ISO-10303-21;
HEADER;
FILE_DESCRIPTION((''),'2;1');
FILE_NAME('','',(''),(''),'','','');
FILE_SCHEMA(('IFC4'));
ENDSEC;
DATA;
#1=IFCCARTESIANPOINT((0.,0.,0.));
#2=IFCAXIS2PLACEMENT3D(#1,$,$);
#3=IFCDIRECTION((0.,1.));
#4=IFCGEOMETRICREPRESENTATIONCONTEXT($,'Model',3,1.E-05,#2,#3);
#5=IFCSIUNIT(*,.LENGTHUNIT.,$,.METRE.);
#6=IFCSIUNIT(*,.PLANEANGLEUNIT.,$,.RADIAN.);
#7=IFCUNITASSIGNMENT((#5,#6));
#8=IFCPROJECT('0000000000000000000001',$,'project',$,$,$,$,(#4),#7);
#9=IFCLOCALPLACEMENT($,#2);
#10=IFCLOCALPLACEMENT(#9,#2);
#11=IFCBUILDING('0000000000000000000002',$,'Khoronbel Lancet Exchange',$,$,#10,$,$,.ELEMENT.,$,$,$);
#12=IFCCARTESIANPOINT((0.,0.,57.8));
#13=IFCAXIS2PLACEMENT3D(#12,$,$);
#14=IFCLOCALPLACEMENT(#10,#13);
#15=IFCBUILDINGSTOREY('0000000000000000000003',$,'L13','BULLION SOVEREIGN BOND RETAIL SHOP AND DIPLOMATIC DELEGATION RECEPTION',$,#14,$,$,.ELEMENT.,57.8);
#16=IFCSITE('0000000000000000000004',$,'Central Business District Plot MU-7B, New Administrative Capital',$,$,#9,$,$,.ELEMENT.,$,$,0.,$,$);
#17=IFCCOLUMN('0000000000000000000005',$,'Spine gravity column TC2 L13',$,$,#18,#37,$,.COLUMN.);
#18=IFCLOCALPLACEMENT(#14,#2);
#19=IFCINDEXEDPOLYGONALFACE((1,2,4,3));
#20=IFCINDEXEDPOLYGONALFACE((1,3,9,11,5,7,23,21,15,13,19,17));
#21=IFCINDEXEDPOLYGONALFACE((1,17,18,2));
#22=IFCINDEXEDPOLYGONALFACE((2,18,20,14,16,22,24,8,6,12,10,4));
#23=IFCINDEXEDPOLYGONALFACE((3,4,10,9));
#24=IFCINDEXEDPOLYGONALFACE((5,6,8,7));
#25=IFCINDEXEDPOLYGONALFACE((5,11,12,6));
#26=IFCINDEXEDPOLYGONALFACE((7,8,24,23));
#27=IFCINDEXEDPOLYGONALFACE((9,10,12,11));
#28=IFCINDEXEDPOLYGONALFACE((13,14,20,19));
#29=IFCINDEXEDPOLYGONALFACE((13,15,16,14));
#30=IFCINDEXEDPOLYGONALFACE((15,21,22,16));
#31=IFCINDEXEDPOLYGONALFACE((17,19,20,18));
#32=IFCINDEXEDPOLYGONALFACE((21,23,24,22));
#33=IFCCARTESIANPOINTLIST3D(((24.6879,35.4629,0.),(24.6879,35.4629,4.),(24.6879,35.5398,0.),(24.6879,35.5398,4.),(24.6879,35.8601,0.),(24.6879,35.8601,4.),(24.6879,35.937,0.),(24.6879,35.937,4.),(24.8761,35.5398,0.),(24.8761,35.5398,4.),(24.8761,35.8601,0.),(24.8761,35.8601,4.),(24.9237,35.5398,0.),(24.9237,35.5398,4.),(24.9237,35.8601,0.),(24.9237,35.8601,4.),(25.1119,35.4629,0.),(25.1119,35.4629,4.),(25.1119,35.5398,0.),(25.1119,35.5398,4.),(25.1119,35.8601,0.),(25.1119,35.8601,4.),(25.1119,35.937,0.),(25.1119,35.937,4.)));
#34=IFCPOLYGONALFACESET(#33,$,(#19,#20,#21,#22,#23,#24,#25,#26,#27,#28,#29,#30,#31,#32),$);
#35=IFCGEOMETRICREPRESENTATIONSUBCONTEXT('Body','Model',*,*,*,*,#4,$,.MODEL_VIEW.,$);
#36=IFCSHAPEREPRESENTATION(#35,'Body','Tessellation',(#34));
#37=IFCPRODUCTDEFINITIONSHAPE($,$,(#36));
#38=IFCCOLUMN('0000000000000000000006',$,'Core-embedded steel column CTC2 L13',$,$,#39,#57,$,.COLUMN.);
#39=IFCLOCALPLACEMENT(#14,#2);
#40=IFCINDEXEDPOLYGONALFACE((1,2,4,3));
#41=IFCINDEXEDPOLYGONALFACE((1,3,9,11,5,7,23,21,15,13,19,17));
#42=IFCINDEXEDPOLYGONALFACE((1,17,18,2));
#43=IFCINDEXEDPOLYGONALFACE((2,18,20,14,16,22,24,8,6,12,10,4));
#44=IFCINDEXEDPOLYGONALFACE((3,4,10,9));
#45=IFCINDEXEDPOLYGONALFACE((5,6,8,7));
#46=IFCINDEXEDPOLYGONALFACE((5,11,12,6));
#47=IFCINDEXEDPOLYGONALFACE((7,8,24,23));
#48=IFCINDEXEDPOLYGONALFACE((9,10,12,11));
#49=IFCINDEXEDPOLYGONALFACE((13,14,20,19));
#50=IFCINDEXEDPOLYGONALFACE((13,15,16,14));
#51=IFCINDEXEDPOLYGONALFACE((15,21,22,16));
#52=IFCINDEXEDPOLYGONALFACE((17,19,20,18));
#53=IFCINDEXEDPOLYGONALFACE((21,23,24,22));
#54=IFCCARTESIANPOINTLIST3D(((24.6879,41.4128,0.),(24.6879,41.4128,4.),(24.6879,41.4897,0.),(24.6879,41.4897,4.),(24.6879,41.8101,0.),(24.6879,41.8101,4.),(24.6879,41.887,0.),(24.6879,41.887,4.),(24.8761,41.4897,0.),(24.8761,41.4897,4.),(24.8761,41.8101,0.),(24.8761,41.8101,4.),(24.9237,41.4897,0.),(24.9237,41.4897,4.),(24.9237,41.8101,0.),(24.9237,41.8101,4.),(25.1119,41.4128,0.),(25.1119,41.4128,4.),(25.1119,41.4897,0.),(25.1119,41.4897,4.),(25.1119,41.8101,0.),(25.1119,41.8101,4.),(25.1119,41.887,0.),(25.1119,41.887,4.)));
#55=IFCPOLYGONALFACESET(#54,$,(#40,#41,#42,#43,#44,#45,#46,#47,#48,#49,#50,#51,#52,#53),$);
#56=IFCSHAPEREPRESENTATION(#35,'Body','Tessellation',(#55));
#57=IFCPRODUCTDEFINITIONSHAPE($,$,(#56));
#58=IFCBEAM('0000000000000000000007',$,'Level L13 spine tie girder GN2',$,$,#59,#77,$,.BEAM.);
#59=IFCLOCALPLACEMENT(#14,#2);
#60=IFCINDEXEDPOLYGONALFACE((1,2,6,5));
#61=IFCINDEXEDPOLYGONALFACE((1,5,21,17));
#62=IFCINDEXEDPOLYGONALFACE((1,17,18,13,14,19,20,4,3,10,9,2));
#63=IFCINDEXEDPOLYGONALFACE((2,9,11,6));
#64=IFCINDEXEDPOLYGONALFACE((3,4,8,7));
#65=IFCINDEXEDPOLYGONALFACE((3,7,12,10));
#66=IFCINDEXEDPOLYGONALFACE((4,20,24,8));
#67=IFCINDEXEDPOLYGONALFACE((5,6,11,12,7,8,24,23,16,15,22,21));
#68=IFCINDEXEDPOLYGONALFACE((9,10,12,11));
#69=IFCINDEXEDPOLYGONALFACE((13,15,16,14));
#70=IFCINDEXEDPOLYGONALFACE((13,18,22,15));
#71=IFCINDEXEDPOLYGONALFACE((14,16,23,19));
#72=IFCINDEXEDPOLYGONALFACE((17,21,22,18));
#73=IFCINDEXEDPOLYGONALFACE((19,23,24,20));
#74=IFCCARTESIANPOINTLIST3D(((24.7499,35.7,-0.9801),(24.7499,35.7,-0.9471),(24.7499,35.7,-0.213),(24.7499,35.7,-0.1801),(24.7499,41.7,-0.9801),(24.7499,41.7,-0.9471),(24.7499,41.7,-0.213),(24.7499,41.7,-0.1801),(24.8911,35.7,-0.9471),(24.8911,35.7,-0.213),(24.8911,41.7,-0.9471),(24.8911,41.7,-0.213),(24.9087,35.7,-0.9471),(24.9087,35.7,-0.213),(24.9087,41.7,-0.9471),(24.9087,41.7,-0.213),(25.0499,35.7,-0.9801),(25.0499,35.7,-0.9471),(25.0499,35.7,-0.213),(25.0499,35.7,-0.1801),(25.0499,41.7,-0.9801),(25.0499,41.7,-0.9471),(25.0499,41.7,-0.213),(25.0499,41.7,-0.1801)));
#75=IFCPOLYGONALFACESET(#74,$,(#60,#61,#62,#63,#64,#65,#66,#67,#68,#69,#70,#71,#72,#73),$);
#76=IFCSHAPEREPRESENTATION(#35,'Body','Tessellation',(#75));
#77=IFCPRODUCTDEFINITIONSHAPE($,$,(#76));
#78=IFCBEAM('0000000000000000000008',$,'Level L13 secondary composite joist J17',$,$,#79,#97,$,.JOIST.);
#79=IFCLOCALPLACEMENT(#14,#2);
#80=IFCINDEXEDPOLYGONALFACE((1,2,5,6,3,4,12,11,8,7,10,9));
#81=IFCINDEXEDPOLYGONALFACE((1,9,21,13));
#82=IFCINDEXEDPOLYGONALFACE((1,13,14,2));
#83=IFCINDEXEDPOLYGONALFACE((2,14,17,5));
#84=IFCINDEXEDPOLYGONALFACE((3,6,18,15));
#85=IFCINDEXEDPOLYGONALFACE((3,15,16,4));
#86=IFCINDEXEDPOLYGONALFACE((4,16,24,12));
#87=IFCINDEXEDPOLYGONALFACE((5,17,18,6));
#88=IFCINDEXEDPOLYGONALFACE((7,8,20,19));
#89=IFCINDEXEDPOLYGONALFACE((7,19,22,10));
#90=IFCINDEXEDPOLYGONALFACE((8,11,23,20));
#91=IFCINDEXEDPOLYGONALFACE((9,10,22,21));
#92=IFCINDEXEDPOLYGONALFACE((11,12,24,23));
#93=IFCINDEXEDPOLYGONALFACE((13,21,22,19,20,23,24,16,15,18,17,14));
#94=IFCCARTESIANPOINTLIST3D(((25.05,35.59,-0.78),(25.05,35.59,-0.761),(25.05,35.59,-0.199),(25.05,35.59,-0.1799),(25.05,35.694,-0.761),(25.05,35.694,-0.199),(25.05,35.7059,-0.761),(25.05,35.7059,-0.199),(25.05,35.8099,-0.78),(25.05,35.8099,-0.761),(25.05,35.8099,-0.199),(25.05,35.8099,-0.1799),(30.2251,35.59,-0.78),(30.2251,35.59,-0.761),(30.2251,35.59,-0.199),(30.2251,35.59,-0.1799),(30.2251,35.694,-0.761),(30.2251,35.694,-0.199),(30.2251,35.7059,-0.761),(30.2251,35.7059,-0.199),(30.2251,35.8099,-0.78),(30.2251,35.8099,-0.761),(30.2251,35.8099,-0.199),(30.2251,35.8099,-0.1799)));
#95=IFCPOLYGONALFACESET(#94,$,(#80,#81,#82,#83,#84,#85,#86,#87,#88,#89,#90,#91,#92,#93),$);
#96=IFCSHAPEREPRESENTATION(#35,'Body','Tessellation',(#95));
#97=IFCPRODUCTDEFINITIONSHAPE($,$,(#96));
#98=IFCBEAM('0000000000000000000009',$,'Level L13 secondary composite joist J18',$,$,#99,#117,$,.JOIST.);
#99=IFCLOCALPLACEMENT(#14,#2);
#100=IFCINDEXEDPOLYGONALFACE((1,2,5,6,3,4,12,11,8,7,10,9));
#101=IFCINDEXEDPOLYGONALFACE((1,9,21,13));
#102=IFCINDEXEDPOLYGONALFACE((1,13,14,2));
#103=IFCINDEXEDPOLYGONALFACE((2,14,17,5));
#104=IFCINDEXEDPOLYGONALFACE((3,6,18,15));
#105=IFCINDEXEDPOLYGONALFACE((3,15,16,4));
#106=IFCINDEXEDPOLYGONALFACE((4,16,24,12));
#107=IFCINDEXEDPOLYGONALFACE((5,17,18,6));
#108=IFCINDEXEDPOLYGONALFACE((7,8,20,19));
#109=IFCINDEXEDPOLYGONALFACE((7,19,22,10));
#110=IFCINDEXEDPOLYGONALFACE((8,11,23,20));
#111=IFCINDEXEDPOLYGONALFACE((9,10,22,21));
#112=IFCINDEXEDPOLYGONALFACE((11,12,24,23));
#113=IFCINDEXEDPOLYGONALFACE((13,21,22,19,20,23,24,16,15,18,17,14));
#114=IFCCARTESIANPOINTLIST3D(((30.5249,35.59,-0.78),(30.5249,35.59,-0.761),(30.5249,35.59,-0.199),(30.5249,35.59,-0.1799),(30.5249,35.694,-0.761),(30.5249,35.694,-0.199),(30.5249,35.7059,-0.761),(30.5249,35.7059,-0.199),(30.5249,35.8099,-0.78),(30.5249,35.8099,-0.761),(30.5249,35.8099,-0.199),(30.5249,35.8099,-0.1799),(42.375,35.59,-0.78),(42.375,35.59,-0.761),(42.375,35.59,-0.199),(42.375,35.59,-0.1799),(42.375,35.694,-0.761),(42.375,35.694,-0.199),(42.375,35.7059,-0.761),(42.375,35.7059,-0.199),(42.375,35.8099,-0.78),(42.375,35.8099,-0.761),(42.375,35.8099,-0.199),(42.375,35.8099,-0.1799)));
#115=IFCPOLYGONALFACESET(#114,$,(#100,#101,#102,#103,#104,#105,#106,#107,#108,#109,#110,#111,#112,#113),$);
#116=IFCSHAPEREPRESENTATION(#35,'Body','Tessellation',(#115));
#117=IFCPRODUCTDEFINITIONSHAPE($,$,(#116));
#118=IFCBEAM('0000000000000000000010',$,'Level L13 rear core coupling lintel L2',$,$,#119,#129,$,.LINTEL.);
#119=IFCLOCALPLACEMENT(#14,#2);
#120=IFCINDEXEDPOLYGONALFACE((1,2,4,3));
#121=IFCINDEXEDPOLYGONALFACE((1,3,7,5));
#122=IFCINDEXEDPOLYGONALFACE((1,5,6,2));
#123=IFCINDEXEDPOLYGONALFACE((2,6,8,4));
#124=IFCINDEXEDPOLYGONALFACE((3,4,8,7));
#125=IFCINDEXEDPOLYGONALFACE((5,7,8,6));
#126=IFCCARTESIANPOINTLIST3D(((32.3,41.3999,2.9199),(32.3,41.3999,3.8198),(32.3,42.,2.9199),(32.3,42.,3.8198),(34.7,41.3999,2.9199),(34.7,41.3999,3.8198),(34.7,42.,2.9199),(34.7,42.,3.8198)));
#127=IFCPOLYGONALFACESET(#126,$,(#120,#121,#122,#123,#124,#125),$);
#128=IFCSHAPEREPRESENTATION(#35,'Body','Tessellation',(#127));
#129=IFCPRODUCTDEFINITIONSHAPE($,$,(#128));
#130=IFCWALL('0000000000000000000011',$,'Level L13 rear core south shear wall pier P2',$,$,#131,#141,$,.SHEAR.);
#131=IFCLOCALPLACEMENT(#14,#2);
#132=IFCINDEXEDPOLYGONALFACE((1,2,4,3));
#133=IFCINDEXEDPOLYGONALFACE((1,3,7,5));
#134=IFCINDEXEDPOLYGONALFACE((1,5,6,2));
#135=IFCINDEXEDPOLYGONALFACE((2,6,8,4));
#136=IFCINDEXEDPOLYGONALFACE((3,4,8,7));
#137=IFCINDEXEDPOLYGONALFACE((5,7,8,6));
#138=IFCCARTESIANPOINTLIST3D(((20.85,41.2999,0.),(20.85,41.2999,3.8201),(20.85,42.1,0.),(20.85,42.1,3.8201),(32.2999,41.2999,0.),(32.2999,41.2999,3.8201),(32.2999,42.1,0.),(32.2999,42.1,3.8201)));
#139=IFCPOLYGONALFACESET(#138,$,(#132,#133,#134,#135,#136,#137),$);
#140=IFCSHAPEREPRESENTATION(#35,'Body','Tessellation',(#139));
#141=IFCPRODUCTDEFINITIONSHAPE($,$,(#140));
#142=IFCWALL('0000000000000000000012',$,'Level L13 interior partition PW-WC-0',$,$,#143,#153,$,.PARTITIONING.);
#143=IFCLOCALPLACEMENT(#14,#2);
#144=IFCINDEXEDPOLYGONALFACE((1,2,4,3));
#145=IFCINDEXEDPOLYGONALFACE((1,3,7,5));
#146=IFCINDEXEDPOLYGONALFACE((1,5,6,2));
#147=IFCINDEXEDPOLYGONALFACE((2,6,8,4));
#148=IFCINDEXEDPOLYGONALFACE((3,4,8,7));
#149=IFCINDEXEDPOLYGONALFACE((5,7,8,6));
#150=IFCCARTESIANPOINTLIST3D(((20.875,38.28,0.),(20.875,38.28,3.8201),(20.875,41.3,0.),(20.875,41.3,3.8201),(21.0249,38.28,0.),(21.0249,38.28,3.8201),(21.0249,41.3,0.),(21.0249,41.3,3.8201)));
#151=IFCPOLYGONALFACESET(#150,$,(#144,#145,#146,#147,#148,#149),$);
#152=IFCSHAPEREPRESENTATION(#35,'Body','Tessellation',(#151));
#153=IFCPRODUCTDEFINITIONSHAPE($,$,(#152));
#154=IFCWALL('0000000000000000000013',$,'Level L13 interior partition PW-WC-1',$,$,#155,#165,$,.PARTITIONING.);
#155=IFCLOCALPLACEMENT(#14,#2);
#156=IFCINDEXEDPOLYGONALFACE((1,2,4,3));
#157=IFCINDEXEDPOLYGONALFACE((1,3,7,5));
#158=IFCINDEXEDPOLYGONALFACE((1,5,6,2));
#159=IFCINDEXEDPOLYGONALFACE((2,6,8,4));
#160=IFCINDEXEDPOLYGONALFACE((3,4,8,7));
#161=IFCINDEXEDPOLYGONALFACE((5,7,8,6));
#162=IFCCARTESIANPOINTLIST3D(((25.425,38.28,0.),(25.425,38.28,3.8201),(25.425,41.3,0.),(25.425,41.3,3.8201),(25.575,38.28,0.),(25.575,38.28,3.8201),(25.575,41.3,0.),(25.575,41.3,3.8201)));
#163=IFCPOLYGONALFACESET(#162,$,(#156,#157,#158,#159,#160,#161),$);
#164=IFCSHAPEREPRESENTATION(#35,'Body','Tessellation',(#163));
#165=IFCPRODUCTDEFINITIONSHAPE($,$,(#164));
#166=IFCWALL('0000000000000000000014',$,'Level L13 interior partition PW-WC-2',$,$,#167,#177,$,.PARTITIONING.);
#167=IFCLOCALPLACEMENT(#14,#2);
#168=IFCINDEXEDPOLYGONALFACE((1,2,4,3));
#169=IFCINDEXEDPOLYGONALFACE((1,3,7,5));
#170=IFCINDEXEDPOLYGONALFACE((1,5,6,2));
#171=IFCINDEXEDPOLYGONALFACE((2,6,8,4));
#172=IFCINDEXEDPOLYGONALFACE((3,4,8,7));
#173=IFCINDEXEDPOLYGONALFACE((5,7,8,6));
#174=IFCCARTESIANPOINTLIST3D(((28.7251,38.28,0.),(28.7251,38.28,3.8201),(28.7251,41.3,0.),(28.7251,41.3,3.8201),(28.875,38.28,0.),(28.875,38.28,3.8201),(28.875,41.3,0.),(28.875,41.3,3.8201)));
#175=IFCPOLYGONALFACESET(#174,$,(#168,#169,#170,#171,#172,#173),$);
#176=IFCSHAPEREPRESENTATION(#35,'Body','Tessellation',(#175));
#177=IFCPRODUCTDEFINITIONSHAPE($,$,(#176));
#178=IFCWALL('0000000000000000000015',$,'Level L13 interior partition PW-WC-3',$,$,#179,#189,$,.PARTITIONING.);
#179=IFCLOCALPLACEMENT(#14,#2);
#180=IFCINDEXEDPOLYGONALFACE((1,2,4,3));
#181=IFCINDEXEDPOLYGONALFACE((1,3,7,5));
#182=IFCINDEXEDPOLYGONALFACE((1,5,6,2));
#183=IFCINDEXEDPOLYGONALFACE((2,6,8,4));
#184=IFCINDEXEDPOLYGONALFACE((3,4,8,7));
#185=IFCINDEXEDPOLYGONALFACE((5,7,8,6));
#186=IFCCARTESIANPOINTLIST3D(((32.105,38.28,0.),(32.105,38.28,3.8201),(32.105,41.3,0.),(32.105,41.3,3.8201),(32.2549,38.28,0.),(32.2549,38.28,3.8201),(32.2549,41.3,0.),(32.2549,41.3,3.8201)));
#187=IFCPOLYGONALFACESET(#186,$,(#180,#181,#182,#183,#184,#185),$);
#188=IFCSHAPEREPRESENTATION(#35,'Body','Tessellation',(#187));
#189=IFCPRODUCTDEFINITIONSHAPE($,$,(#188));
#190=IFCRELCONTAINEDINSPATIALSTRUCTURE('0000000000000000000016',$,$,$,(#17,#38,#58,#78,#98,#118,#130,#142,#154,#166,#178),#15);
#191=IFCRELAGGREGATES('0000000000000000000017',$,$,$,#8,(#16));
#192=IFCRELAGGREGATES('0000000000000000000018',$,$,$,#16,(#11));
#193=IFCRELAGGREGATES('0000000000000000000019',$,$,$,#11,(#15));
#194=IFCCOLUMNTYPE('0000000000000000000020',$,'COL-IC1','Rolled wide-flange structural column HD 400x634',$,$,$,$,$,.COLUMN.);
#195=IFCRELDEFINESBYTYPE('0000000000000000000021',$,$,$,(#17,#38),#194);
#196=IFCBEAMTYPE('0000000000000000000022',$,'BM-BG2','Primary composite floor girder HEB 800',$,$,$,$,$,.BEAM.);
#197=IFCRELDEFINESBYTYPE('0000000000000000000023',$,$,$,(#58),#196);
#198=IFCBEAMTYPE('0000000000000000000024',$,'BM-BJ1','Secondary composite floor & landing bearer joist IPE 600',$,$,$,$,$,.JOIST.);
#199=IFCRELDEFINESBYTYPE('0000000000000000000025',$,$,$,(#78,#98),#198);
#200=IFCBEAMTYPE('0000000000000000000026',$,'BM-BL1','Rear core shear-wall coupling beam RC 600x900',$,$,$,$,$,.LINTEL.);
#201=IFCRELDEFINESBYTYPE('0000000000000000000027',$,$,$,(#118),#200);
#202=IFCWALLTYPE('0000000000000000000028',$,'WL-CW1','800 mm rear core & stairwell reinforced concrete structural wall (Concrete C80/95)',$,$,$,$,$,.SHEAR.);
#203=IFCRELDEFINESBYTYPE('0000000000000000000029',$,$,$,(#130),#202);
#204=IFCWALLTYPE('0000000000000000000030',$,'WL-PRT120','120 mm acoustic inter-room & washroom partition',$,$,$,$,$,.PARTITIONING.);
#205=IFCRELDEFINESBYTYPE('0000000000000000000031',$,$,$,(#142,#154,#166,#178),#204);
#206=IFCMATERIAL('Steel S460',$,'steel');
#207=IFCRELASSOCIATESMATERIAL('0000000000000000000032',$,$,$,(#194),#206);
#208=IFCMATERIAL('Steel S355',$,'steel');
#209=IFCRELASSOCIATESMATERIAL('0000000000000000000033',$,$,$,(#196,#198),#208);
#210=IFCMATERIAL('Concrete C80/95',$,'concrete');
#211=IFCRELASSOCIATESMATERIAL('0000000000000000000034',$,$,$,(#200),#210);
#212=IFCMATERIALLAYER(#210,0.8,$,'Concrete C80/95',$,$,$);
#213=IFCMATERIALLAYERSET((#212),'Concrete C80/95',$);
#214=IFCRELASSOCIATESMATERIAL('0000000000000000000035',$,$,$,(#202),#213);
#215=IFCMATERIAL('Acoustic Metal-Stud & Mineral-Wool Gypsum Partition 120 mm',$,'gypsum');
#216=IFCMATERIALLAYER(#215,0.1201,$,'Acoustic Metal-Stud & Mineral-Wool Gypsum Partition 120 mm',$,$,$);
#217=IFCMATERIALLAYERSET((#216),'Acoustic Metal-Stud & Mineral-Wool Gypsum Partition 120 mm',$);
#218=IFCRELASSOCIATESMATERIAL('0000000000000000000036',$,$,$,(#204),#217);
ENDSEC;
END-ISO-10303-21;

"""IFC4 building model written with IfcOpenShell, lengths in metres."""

from ifc_helpers import new_model, si_unit, direction, frame, frame_2d, origin, origin_2d, place, context, subcontext, project, spatial, rectangle, i_section, extrude, material, layer, layer_set, material_profile, profile_set, type_object, element, save


model = new_model("IFC4")

# Units and contexts
model_context = context("Model", 3, precision=1e-05, world=origin(), true_north=direction((0.0, 1.0)))
body_context = subcontext(model_context, "Body", "Model", "MODEL_VIEW")
ifc_project = project(units=[si_unit("LENGTHUNIT", "METRE"), si_unit("PLANEANGLEUNIT", "RADIAN")], contexts=[model_context])

# Site, building, storey
site_placement = place(None, origin())
site = spatial("IfcSite", under=ifc_project, at=site_placement, Name="Central Business District Plot MU-7B, New Administrative Capital", CompositionType="ELEMENT", RefElevation=0.0)
building_placement = place(site_placement, origin())
building = spatial("IfcBuilding", under=site, at=building_placement, Name="Khoronbel Lancet Exchange", CompositionType="ELEMENT")
storey_placement = place(building_placement, frame((0.0, 0.0, 57.8)))
storey = spatial("IfcBuildingStorey", under=building, at=storey_placement, Name="L13", Description="BULLION SOVEREIGN BOND RETAIL SHOP AND DIPLOMATIC DELEGATION RECEPTION", CompositionType="ELEMENT", Elevation=57.8)

# Columns
ifc_material_1 = material(Name="Steel S460", Category="steel")
ifc_material_profile_1 = material_profile(ifc_material_1, i_section(OverallWidth=0.4241, OverallDepth=0.4741, WebThickness=0.0476, FlangeThickness=0.0769, at=origin_2d()), Name="HD 400x634")
ifc_profile_set_1 = profile_set([ifc_material_profile_1], Name="Steel S460")
column_type = type_object("IfcColumnType", Name="COL-IC1", Description="Rolled wide-flange structural column HD 400x634", PredefinedType="COLUMN", material=ifc_profile_set_1)
for number, where, z_axis, x_axis, name in (
    (1, (24.8999, 35.7, 0.0), (0.0, 0.0, 1.0), (1.0, 0.0, 0.0), "Spine gravity column TC2 L13"),
    (2, (24.8999, 41.6499, 0.0), (0.0, 0.0, 1.0), (1.0, 0.0, 0.0), "Core-embedded steel column CTC2 L13"),
):
    element("IfcColumn", number, at=place(storey_placement, frame(where, z_axis=z_axis, x_axis=x_axis)), inside=storey, type_object=column_type, Name=name, PredefinedType="COLUMN", context=body_context, shape_type="SweptSolid", body=[
        extrude(i_section(OverallWidth=0.4241, OverallDepth=0.4741, WebThickness=0.0476, FlangeThickness=0.0769, at=origin_2d()), origin(), (0.0, 0.0, 1.0), 4.0),
    ])

# Beams
ifc_material_2 = material(Name="Steel S355", Category="steel")
ifc_material_profile_2 = material_profile(ifc_material_2, i_section(OverallWidth=0.3, OverallDepth=0.8, WebThickness=0.0176, FlangeThickness=0.033, at=origin_2d()), Name="HEB 800")
ifc_profile_set_2 = profile_set([ifc_material_profile_2], Name="Steel S355")
beam_type_1 = type_object("IfcBeamType", Name="BM-BG2", Description="Primary composite floor girder HEB 800", PredefinedType="BEAM", material=ifc_profile_set_2)
beam_1_placement = place(storey_placement, frame((24.8999, 35.7, -0.5801), z_axis=(0.0, 1.0, 0.0), x_axis=(-1.0, 0.0, 0.0)))
element("IfcBeam", 3, at=beam_1_placement, inside=storey, type_object=beam_type_1, Name="Level L13 spine tie girder GN2", PredefinedType="BEAM", context=body_context, shape_type="SweptSolid", body=[
    extrude(i_section(OverallWidth=0.3, OverallDepth=0.8, WebThickness=0.0176, FlangeThickness=0.033, at=origin_2d()), origin(), (0.0, 0.0, 1.0), 6.0),
])
ifc_material_profile_3 = material_profile(ifc_material_2, i_section(OverallWidth=0.22, OverallDepth=0.6001, WebThickness=0.012, FlangeThickness=0.019, at=origin_2d()), Name="IPE 600")
ifc_profile_set_3 = profile_set([ifc_material_profile_3], Name="Steel S355")
beam_type_2 = type_object("IfcBeamType", Name="BM-BJ1", Description="Secondary composite floor & landing bearer joist IPE 600", PredefinedType="JOIST", material=ifc_profile_set_3)
beam_2_placement = place(storey_placement, frame((25.05, 35.7, -0.48), z_axis=(1.0, 0.0, 0.0), x_axis=(0.0, 1.0, 0.0)))
element("IfcBeam", 4, at=beam_2_placement, inside=storey, type_object=beam_type_2, Name="Level L13 secondary composite joist J17", PredefinedType="JOIST", context=body_context, shape_type="SweptSolid", body=[
    extrude(i_section(OverallWidth=0.22, OverallDepth=0.6001, WebThickness=0.012, FlangeThickness=0.019, at=origin_2d()), origin(), (0.0, 0.0, 1.0), 5.175),
])
beam_3_placement = place(storey_placement, frame((30.5249, 35.7, -0.48), z_axis=(1.0, 0.0, 0.0), x_axis=(0.0, 1.0, 0.0)))
element("IfcBeam", 5, at=beam_3_placement, inside=storey, type_object=beam_type_2, Name="Level L13 secondary composite joist J18", PredefinedType="JOIST", context=body_context, shape_type="SweptSolid", body=[
    extrude(i_section(OverallWidth=0.22, OverallDepth=0.6001, WebThickness=0.012, FlangeThickness=0.019, at=origin_2d()), origin(), (0.0, 0.0, 1.0), 11.8501),
])
ifc_material_3 = material(Name="Concrete C80/95", Category="concrete")
ifc_material_profile_4 = material_profile(ifc_material_3, rectangle(XDim=0.6001, YDim=0.8999, at=origin_2d()), Name="RC 600x900")
ifc_profile_set_4 = profile_set([ifc_material_profile_4], Name="Concrete C80/95")
beam_type_3 = type_object("IfcBeamType", Name="BM-BL1", Description="Rear core shear-wall coupling beam RC 600x900", PredefinedType="LINTEL", material=ifc_profile_set_4)
beam_4_placement = place(storey_placement, frame((32.3, 41.7, 3.3699), z_axis=(1.0, 0.0, 0.0), x_axis=(0.0, 1.0, 0.0)))
element("IfcBeam", 6, at=beam_4_placement, inside=storey, type_object=beam_type_3, Name="Level L13 rear core coupling lintel L2", PredefinedType="LINTEL", context=body_context, shape_type="SweptSolid", body=[
    extrude(rectangle(XDim=0.6001, YDim=0.8999, at=origin_2d()), origin(), (0.0, 0.0, 1.0), 2.3999),
])

# Walls
ifc_layer_1 = layer(ifc_material_3, 0.8, Name="Concrete C80/95")
ifc_layer_set_1 = layer_set([ifc_layer_1], Name="Concrete C80/95")
wall_type_1 = type_object("IfcWallType", Name="WL-CW1", Description="800 mm rear core & stairwell reinforced concrete structural wall (Concrete C80/95)", PredefinedType="SHEAR", material=ifc_layer_set_1)
wall_1_placement = place(storey_placement, frame((32.3, 41.7, 0.0), z_axis=(0.0, 0.0, 1.0), x_axis=(-1.0, 0.0, 0.0)))
element("IfcWall", 7, at=wall_1_placement, inside=storey, type_object=wall_type_1, Name="Level L13 rear core south shear wall pier P2", PredefinedType="SHEAR", context=body_context, shape_type="SweptSolid", body=[
    extrude(rectangle(XDim=11.45, YDim=0.8, at=frame_2d((5.7251, 0.0))), origin(), (0.0, 0.0, 1.0), 3.8201),
])
ifc_material_4 = material(Name="Acoustic Metal-Stud & Mineral-Wool Gypsum Partition 120 mm", Category="gypsum")
ifc_layer_2 = layer(ifc_material_4, 0.1201, Name="Acoustic Metal-Stud & Mineral-Wool Gypsum Partition 120 mm")
ifc_layer_set_2 = layer_set([ifc_layer_2], Name="Acoustic Metal-Stud & Mineral-Wool Gypsum Partition 120 mm")
wall_type_2 = type_object("IfcWallType", Name="WL-PRT120", Description="120 mm acoustic inter-room & washroom partition", PredefinedType="PARTITIONING", material=ifc_layer_set_2)
for number, where, z_axis, x_axis, name in (
    (8, (20.95, 38.28, 0.0), (0.0, 0.0, 1.0), (0.0, 1.0, 0.0), "Level L13 interior partition PW-WC-0"),
    (9, (25.5, 38.28, 0.0), (0.0, 0.0, 1.0), (0.0, 1.0, 0.0), "Level L13 interior partition PW-WC-1"),
    (10, (28.8, 38.28, 0.0), (0.0, 0.0, 1.0), (0.0, 1.0, 0.0), "Level L13 interior partition PW-WC-2"),
    (11, (32.1799, 38.28, 0.0), (0.0, 0.0, 1.0), (0.0, 1.0, 0.0), "Level L13 interior partition PW-WC-3"),
):
    element("IfcWall", number, at=place(storey_placement, frame(where, z_axis=z_axis, x_axis=x_axis)), inside=storey, type_object=wall_type_2, Name=name, PredefinedType="PARTITIONING", context=body_context, shape_type="SweptSolid", body=[
        extrude(rectangle(XDim=3.02, YDim=0.1499, at=frame_2d((1.51, 0.0))), origin(), (0.0, 0.0, 1.0), 3.8201),
    ])

save(model, "model.ifc")
